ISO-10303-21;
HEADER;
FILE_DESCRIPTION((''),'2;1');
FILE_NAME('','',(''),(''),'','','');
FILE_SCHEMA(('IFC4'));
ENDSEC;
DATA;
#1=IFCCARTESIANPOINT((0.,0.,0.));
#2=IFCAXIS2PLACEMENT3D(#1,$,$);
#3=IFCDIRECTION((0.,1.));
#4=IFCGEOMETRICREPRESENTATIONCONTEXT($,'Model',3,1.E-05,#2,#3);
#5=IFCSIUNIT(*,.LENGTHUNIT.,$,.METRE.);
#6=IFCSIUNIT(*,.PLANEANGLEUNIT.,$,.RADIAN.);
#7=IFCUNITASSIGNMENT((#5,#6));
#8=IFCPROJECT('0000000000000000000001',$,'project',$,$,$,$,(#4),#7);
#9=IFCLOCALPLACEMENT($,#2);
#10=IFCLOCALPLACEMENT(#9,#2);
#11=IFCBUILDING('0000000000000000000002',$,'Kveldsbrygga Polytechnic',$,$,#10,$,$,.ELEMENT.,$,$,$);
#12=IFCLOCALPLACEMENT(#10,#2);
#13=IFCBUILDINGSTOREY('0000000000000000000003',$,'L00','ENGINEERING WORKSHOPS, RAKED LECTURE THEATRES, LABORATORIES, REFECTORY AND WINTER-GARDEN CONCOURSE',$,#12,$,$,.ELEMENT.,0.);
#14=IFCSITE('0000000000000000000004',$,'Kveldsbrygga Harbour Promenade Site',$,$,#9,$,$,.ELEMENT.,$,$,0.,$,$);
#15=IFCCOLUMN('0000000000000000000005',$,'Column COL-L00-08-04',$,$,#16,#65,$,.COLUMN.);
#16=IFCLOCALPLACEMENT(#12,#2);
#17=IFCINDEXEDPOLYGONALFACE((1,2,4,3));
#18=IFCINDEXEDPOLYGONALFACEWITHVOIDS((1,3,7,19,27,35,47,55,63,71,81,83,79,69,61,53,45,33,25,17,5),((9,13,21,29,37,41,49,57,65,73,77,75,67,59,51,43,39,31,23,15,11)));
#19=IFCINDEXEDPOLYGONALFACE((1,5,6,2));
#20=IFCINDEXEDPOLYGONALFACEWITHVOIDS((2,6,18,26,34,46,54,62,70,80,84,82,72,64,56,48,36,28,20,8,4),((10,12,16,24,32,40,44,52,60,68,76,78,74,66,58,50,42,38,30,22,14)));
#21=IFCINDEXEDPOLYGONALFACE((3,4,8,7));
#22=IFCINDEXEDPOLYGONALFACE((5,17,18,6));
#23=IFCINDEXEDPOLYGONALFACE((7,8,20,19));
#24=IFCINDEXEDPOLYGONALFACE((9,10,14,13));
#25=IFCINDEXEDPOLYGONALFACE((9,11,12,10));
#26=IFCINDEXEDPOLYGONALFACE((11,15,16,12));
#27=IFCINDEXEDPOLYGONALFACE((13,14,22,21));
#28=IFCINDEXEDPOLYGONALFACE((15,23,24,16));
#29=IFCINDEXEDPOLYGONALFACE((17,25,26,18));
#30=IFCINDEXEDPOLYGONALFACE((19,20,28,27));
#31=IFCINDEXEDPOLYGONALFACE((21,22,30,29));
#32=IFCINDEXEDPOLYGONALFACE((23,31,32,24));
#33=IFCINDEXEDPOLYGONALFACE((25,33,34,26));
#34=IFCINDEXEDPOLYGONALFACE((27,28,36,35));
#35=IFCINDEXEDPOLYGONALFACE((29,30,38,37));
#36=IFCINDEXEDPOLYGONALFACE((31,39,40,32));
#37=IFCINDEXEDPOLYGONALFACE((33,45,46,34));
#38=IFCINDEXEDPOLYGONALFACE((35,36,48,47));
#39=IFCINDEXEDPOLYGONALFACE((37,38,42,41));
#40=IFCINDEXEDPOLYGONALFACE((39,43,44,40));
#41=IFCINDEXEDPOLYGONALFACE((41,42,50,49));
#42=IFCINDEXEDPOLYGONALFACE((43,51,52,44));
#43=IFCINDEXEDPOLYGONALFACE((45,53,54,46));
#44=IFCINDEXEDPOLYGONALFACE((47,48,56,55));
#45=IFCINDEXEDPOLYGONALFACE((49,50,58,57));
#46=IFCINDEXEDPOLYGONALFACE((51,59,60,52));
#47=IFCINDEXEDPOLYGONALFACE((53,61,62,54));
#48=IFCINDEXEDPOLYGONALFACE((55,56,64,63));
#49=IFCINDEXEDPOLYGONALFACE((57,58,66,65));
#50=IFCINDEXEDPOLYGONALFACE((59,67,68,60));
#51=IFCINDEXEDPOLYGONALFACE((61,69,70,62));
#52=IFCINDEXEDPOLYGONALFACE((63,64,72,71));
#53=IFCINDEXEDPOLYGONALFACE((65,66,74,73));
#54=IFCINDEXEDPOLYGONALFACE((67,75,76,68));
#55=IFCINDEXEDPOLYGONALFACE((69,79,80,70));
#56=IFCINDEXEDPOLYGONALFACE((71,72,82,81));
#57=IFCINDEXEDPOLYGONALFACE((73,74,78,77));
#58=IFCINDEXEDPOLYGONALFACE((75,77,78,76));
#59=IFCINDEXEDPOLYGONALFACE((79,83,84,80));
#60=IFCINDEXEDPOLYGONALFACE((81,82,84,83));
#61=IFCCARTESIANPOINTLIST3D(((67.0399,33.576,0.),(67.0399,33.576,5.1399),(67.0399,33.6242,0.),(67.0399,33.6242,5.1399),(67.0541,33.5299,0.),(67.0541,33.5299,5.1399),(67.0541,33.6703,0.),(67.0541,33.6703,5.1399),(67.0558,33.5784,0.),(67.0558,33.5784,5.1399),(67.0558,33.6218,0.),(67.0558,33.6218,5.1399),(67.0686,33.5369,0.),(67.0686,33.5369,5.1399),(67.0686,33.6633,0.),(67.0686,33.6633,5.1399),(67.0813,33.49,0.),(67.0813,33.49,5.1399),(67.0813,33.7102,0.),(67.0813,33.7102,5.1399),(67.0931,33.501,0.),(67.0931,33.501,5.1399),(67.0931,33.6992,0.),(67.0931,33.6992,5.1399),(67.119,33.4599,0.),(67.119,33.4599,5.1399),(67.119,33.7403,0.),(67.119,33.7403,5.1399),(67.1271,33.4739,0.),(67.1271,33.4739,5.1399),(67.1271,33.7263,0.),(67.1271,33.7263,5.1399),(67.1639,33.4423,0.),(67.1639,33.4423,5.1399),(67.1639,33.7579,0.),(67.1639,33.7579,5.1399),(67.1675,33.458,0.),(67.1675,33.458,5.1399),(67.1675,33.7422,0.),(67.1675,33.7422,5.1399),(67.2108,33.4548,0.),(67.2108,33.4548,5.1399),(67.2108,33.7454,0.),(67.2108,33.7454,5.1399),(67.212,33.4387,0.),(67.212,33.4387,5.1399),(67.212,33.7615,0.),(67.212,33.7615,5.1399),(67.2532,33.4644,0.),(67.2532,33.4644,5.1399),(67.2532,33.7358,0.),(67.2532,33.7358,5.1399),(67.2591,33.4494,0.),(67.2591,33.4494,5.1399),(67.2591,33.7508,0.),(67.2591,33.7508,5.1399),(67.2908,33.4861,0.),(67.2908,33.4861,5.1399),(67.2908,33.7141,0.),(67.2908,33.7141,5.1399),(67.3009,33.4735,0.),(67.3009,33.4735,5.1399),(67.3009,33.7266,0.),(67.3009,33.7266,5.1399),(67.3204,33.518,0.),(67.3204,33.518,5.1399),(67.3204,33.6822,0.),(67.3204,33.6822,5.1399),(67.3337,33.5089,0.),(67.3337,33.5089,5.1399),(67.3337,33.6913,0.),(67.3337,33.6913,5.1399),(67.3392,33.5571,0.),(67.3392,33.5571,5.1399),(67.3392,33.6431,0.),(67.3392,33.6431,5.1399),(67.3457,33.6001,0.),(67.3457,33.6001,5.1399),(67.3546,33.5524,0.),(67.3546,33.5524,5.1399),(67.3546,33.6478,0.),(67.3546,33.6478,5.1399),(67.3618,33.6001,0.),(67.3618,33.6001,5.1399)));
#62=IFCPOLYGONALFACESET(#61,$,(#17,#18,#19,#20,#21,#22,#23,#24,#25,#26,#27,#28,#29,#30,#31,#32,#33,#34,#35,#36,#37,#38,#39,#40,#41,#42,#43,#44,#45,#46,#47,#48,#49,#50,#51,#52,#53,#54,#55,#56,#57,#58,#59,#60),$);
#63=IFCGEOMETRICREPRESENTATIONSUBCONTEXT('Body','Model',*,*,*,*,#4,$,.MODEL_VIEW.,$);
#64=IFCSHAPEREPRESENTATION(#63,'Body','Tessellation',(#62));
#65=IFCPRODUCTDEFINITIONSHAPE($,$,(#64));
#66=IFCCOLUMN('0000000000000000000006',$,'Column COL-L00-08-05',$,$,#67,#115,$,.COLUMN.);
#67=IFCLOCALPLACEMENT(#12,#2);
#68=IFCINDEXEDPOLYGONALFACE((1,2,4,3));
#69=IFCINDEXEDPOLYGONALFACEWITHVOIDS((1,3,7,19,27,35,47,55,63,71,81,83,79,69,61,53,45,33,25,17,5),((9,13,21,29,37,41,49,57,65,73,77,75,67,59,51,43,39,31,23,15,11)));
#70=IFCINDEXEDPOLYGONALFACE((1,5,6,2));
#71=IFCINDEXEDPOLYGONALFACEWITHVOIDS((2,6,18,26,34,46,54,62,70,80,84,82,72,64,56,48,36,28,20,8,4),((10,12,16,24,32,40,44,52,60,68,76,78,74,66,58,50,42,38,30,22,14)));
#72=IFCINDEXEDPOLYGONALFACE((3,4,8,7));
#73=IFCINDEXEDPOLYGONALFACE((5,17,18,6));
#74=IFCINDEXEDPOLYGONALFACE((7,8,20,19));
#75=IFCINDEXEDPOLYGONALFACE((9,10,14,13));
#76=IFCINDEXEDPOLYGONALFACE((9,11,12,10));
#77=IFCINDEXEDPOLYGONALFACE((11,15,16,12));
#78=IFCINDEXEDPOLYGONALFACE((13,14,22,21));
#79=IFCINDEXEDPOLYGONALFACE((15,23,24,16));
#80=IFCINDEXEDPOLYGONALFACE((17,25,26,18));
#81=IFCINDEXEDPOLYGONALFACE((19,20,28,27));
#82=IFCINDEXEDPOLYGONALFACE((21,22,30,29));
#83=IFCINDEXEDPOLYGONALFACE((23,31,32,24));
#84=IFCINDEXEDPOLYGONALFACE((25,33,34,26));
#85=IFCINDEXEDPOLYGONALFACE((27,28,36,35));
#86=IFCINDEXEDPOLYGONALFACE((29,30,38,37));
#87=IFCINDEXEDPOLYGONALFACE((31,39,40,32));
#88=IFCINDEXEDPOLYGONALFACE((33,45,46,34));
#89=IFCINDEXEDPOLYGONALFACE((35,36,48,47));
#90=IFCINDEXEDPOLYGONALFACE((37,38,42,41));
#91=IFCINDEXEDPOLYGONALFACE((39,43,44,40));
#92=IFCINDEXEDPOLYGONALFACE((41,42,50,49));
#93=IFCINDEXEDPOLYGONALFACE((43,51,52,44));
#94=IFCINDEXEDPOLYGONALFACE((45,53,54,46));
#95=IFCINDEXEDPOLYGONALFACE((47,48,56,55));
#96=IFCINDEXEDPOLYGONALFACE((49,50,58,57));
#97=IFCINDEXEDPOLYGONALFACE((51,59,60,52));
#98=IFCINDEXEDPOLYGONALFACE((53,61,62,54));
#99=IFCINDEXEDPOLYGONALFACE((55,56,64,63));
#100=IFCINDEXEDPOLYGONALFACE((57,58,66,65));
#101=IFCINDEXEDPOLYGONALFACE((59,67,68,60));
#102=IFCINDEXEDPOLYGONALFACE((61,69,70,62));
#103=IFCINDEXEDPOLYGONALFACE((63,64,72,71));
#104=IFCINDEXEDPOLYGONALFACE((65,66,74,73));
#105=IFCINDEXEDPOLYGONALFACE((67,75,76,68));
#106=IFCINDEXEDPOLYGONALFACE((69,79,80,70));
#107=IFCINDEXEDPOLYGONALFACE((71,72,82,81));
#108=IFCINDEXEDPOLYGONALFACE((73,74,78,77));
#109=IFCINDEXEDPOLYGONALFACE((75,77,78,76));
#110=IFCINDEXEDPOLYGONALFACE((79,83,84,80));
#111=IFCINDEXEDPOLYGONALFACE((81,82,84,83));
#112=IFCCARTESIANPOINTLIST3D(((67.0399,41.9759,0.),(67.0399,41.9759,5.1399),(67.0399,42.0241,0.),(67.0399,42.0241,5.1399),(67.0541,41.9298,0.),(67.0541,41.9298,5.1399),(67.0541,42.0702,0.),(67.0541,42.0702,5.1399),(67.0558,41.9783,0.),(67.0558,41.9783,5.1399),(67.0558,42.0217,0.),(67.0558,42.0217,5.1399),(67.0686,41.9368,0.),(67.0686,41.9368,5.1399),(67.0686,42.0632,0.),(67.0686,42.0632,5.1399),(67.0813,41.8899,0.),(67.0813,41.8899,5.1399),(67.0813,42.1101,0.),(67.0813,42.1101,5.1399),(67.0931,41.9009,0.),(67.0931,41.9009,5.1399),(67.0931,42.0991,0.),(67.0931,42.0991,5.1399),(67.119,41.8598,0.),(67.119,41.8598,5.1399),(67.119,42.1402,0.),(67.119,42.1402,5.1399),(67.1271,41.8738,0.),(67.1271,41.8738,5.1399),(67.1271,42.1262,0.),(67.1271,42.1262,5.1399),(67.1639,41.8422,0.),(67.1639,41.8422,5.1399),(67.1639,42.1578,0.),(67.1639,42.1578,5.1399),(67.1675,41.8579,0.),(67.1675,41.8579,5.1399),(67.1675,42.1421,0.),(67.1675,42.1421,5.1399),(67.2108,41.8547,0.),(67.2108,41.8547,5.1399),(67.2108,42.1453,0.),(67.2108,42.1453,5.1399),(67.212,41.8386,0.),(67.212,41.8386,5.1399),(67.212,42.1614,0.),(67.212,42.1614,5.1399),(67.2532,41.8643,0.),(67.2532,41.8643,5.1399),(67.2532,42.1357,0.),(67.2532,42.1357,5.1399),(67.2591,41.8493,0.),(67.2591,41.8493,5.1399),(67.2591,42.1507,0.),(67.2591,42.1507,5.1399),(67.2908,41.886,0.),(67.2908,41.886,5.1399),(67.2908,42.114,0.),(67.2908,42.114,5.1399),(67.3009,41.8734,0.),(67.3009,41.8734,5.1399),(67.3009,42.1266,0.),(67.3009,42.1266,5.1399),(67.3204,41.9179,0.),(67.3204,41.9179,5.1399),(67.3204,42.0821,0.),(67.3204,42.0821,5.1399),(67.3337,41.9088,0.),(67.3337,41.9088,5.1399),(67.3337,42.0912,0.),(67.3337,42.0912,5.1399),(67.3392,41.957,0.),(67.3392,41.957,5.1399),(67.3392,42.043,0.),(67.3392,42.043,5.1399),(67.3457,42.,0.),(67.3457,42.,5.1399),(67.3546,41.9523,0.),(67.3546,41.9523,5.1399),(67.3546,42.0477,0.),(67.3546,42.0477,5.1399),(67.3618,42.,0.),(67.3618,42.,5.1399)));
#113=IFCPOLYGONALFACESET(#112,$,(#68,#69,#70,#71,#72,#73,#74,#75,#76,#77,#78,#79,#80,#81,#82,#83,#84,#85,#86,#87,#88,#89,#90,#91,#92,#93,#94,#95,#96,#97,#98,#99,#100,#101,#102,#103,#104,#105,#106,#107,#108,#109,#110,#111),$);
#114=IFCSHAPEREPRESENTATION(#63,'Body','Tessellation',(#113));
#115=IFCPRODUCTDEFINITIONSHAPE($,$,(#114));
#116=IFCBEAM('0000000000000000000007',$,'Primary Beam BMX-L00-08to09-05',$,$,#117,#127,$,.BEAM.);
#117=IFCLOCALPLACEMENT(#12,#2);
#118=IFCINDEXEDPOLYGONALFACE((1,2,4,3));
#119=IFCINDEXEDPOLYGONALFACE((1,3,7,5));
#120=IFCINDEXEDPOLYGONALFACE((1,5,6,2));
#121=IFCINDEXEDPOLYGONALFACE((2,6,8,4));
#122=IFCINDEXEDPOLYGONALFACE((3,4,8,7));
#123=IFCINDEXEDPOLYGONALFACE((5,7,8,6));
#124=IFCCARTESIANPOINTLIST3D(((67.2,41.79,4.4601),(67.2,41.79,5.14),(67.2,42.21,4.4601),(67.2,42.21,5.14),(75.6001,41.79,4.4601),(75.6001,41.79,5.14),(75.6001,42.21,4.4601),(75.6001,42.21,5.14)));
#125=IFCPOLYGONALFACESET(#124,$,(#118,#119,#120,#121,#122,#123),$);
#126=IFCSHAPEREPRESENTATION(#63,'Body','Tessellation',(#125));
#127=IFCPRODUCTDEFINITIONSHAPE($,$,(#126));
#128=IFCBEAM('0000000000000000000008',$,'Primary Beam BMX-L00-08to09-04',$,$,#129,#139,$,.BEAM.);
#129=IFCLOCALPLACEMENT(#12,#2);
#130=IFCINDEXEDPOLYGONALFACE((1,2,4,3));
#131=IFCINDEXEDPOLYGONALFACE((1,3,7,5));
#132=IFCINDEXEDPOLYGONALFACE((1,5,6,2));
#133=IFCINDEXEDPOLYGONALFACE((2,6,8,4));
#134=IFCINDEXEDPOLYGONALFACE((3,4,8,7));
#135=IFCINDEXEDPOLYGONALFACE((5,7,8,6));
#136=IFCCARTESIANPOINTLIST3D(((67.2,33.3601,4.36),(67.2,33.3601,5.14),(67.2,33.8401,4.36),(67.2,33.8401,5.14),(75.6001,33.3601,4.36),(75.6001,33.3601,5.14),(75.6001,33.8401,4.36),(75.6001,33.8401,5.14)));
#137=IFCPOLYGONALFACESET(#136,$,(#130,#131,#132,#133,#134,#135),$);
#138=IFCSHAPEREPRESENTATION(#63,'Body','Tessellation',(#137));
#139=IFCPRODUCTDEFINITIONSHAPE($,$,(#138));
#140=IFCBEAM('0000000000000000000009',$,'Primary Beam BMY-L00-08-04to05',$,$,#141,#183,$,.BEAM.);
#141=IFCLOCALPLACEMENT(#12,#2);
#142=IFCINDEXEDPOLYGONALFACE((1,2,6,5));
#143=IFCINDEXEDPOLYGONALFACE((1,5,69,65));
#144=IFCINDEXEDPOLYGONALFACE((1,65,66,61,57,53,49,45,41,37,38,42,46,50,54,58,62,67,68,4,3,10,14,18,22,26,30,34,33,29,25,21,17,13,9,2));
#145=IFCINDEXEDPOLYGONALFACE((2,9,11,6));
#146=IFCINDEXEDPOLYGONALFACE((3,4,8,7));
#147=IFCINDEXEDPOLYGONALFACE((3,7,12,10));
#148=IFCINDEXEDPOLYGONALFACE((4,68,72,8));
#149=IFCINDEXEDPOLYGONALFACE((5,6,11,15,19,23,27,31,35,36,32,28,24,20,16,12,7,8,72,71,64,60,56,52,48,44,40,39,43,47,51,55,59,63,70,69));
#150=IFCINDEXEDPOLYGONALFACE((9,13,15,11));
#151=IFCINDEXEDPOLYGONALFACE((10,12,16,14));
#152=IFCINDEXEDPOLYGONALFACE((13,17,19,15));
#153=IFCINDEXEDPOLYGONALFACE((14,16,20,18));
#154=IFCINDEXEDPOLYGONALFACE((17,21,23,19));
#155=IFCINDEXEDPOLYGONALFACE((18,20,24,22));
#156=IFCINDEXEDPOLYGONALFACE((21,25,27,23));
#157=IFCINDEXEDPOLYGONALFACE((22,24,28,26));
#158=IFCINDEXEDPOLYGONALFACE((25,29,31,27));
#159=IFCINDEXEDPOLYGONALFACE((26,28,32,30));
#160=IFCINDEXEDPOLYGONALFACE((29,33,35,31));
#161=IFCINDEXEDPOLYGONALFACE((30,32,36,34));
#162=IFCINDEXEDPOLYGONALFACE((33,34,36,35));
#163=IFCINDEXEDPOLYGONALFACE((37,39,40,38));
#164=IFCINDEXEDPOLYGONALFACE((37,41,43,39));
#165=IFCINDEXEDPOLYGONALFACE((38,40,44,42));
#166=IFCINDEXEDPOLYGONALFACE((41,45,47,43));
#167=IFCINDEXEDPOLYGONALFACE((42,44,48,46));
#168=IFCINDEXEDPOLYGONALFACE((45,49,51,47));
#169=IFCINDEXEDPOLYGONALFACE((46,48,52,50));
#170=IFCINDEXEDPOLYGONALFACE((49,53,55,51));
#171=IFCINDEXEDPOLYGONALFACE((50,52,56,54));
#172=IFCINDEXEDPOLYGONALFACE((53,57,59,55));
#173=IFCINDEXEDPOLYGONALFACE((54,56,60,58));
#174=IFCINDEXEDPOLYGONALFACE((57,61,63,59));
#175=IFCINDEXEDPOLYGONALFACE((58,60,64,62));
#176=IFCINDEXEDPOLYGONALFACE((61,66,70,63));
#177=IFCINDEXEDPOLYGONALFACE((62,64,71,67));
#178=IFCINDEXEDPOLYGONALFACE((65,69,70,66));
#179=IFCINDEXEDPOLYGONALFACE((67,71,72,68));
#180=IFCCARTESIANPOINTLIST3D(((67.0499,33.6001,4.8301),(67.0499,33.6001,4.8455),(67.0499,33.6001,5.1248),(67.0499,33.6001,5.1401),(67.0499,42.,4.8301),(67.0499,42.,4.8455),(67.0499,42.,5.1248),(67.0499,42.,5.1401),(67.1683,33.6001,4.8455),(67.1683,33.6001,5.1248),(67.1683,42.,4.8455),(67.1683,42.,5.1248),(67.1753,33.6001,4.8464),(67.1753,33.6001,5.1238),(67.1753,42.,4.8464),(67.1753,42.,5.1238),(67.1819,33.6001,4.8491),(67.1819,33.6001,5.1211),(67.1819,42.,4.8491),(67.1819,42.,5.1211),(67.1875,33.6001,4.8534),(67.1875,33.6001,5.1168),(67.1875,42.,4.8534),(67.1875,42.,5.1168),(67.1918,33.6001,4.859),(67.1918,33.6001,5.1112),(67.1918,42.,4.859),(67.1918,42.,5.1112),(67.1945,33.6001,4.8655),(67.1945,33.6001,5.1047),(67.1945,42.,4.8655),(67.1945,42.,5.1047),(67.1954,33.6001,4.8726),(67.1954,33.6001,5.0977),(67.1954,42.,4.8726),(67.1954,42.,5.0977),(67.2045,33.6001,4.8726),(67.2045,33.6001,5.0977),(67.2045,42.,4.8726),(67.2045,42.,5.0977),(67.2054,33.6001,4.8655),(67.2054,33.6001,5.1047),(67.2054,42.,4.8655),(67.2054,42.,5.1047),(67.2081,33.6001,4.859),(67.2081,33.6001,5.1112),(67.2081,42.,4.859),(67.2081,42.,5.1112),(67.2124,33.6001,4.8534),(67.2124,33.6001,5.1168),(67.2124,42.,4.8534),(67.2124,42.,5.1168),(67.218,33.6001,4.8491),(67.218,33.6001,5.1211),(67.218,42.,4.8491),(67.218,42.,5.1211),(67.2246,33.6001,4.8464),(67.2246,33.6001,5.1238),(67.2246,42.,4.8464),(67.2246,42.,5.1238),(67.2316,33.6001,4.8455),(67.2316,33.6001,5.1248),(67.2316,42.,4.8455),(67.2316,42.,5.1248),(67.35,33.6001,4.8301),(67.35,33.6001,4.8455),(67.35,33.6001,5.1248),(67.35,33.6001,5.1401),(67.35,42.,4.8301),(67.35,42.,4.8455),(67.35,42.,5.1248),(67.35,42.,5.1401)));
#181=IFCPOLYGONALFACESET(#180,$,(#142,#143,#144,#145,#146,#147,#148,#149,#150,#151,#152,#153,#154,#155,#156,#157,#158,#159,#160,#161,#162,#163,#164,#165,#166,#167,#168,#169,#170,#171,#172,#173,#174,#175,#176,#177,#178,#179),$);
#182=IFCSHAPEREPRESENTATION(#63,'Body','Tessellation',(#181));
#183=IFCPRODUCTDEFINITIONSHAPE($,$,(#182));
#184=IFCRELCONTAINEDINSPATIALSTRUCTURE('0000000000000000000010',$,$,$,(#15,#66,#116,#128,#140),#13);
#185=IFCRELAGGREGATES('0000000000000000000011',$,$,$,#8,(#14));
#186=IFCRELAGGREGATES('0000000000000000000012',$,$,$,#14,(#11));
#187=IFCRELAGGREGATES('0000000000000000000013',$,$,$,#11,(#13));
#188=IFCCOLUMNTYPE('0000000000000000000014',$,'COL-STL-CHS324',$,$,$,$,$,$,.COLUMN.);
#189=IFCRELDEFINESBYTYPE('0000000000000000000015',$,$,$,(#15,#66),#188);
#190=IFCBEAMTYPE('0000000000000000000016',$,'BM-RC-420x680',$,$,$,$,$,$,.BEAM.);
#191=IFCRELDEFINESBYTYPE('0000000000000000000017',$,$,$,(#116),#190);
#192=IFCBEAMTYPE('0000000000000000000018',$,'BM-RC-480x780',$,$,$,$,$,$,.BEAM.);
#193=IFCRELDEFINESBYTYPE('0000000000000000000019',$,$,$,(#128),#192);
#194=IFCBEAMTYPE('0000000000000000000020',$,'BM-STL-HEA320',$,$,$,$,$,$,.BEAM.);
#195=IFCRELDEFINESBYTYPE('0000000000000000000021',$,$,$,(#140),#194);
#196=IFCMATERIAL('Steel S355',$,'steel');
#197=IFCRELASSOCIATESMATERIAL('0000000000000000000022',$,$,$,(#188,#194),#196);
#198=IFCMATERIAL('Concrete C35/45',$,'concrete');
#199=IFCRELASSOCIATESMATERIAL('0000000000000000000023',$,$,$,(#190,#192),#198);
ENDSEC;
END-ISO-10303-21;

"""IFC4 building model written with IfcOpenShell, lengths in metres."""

from ifc_helpers import new_model, si_unit, direction, frame, origin, origin_2d, place, context, subcontext, project, spatial, rectangle, hollow_circle, i_section, extrude, material, material_profile, profile_set, type_object, element, save


model = new_model("IFC4")

# Units and contexts
model_context = context("Model", 3, precision=1e-05, world=origin(), true_north=direction((0.0, 1.0)))
body_context = subcontext(model_context, "Body", "Model", "MODEL_VIEW")
ifc_project = project(units=[si_unit("LENGTHUNIT", "METRE"), si_unit("PLANEANGLEUNIT", "RADIAN")], contexts=[model_context])

# Site, building, storey
site_placement = place(None, origin())
site = spatial("IfcSite", under=ifc_project, at=site_placement, Name="Kveldsbrygga Harbour Promenade Site", CompositionType="ELEMENT", RefElevation=0.0)
building_placement = place(site_placement, origin())
building = spatial("IfcBuilding", under=site, at=building_placement, Name="Kveldsbrygga Polytechnic", CompositionType="ELEMENT")
storey_placement = place(building_placement, origin())
storey = spatial("IfcBuildingStorey", under=building, at=storey_placement, Name="L00", Description="ENGINEERING WORKSHOPS, RAKED LECTURE THEATRES, LABORATORIES, REFECTORY AND WINTER-GARDEN CONCOURSE", CompositionType="ELEMENT", Elevation=0.0)

# Columns
ifc_material_1 = material(Name="Steel S355", Category="steel")
ifc_material_profile_1 = material_profile(ifc_material_1, hollow_circle(Radius=0.1619, WallThickness=0.0161, at=origin_2d()), Name="CHS 323.9x16.0")
ifc_profile_set_1 = profile_set([ifc_material_profile_1], Name="Steel S355")
column_type = type_object("IfcColumnType", Name="COL-STL-CHS324", PredefinedType="COLUMN", material=ifc_profile_set_1)
for number, where, z_axis, x_axis, name in (
    (1, (67.2, 33.6001, 0.0), (0.0, 0.0, 1.0), (1.0, 0.0, 0.0), "Column COL-L00-08-04"),
    (2, (67.2, 42.0, 0.0), (0.0, 0.0, 1.0), (1.0, 0.0, 0.0), "Column COL-L00-08-05"),
):
    element("IfcColumn", number, at=place(storey_placement, frame(where, z_axis=z_axis, x_axis=x_axis)), inside=storey, type_object=column_type, Name=name, PredefinedType="COLUMN", context=body_context, shape_type="SweptSolid", body=[
        extrude(hollow_circle(Radius=0.1619, WallThickness=0.0161, at=origin_2d()), origin(), (0.0, 0.0, 1.0), 5.1399),
    ])

# Beams
ifc_material_2 = material(Name="Concrete C35/45", Category="concrete")
ifc_material_profile_2 = material_profile(ifc_material_2, rectangle(XDim=0.4199, YDim=0.6799, at=origin_2d()), Name="RC 420x680")
ifc_profile_set_2 = profile_set([ifc_material_profile_2], Name="Concrete C35/45")
beam_type_1 = type_object("IfcBeamType", Name="BM-RC-420x680", PredefinedType="BEAM", material=ifc_profile_set_2)
beam_1_placement = place(storey_placement, frame((67.2, 42.0, 4.8), z_axis=(1.0, 0.0, 0.0), x_axis=(0.0, 1.0, 0.0)))
element("IfcBeam", 3, at=beam_1_placement, inside=storey, type_object=beam_type_1, Name="Primary Beam BMX-L00-08to09-05", PredefinedType="BEAM", context=body_context, shape_type="SweptSolid", body=[
    extrude(rectangle(XDim=0.4199, YDim=0.6799, at=origin_2d()), origin(), (0.0, 0.0, 1.0), 8.4001),
])
ifc_material_profile_3 = material_profile(ifc_material_2, rectangle(XDim=0.48, YDim=0.78, at=origin_2d()), Name="RC 480x780")
ifc_profile_set_3 = profile_set([ifc_material_profile_3], Name="Concrete C35/45")
beam_type_2 = type_object("IfcBeamType", Name="BM-RC-480x780", PredefinedType="BEAM", material=ifc_profile_set_3)
beam_2_placement = place(storey_placement, frame((67.2, 33.6001, 4.75), z_axis=(1.0, 0.0, 0.0), x_axis=(0.0, 1.0, 0.0)))
element("IfcBeam", 4, at=beam_2_placement, inside=storey, type_object=beam_type_2, Name="Primary Beam BMX-L00-08to09-04", PredefinedType="BEAM", context=body_context, shape_type="SweptSolid", body=[
    extrude(rectangle(XDim=0.48, YDim=0.78, at=origin_2d()), origin(), (0.0, 0.0, 1.0), 8.4001),
])
ifc_material_profile_4 = material_profile(ifc_material_1, i_section(OverallWidth=0.3, OverallDepth=0.3101, WebThickness=0.009, FlangeThickness=0.0154, FilletRadius=0.0271, at=origin_2d()), Name="HEA 320")
ifc_profile_set_4 = profile_set([ifc_material_profile_4], Name="Steel S355")
beam_type_3 = type_object("IfcBeamType", Name="BM-STL-HEA320", PredefinedType="BEAM", material=ifc_profile_set_4)
for number, where, z_axis, x_axis, name in (
    (5, (67.2, 33.6001, 4.9851), (0.0, 1.0, 0.0), (-1.0, 0.0, 0.0), "Primary Beam BMY-L00-08-04to05"),
):
    element("IfcBeam", number, at=place(storey_placement, frame(where, z_axis=z_axis, x_axis=x_axis)), inside=storey, type_object=beam_type_3, Name=name, PredefinedType="BEAM", context=body_context, shape_type="SweptSolid", body=[
        extrude(i_section(OverallWidth=0.3, OverallDepth=0.3101, WebThickness=0.009, FlangeThickness=0.0154, FilletRadius=0.0271, at=origin_2d()), origin(), (0.0, 0.0, 1.0), 8.3999),
    ])

save(model, "model.ifc")
